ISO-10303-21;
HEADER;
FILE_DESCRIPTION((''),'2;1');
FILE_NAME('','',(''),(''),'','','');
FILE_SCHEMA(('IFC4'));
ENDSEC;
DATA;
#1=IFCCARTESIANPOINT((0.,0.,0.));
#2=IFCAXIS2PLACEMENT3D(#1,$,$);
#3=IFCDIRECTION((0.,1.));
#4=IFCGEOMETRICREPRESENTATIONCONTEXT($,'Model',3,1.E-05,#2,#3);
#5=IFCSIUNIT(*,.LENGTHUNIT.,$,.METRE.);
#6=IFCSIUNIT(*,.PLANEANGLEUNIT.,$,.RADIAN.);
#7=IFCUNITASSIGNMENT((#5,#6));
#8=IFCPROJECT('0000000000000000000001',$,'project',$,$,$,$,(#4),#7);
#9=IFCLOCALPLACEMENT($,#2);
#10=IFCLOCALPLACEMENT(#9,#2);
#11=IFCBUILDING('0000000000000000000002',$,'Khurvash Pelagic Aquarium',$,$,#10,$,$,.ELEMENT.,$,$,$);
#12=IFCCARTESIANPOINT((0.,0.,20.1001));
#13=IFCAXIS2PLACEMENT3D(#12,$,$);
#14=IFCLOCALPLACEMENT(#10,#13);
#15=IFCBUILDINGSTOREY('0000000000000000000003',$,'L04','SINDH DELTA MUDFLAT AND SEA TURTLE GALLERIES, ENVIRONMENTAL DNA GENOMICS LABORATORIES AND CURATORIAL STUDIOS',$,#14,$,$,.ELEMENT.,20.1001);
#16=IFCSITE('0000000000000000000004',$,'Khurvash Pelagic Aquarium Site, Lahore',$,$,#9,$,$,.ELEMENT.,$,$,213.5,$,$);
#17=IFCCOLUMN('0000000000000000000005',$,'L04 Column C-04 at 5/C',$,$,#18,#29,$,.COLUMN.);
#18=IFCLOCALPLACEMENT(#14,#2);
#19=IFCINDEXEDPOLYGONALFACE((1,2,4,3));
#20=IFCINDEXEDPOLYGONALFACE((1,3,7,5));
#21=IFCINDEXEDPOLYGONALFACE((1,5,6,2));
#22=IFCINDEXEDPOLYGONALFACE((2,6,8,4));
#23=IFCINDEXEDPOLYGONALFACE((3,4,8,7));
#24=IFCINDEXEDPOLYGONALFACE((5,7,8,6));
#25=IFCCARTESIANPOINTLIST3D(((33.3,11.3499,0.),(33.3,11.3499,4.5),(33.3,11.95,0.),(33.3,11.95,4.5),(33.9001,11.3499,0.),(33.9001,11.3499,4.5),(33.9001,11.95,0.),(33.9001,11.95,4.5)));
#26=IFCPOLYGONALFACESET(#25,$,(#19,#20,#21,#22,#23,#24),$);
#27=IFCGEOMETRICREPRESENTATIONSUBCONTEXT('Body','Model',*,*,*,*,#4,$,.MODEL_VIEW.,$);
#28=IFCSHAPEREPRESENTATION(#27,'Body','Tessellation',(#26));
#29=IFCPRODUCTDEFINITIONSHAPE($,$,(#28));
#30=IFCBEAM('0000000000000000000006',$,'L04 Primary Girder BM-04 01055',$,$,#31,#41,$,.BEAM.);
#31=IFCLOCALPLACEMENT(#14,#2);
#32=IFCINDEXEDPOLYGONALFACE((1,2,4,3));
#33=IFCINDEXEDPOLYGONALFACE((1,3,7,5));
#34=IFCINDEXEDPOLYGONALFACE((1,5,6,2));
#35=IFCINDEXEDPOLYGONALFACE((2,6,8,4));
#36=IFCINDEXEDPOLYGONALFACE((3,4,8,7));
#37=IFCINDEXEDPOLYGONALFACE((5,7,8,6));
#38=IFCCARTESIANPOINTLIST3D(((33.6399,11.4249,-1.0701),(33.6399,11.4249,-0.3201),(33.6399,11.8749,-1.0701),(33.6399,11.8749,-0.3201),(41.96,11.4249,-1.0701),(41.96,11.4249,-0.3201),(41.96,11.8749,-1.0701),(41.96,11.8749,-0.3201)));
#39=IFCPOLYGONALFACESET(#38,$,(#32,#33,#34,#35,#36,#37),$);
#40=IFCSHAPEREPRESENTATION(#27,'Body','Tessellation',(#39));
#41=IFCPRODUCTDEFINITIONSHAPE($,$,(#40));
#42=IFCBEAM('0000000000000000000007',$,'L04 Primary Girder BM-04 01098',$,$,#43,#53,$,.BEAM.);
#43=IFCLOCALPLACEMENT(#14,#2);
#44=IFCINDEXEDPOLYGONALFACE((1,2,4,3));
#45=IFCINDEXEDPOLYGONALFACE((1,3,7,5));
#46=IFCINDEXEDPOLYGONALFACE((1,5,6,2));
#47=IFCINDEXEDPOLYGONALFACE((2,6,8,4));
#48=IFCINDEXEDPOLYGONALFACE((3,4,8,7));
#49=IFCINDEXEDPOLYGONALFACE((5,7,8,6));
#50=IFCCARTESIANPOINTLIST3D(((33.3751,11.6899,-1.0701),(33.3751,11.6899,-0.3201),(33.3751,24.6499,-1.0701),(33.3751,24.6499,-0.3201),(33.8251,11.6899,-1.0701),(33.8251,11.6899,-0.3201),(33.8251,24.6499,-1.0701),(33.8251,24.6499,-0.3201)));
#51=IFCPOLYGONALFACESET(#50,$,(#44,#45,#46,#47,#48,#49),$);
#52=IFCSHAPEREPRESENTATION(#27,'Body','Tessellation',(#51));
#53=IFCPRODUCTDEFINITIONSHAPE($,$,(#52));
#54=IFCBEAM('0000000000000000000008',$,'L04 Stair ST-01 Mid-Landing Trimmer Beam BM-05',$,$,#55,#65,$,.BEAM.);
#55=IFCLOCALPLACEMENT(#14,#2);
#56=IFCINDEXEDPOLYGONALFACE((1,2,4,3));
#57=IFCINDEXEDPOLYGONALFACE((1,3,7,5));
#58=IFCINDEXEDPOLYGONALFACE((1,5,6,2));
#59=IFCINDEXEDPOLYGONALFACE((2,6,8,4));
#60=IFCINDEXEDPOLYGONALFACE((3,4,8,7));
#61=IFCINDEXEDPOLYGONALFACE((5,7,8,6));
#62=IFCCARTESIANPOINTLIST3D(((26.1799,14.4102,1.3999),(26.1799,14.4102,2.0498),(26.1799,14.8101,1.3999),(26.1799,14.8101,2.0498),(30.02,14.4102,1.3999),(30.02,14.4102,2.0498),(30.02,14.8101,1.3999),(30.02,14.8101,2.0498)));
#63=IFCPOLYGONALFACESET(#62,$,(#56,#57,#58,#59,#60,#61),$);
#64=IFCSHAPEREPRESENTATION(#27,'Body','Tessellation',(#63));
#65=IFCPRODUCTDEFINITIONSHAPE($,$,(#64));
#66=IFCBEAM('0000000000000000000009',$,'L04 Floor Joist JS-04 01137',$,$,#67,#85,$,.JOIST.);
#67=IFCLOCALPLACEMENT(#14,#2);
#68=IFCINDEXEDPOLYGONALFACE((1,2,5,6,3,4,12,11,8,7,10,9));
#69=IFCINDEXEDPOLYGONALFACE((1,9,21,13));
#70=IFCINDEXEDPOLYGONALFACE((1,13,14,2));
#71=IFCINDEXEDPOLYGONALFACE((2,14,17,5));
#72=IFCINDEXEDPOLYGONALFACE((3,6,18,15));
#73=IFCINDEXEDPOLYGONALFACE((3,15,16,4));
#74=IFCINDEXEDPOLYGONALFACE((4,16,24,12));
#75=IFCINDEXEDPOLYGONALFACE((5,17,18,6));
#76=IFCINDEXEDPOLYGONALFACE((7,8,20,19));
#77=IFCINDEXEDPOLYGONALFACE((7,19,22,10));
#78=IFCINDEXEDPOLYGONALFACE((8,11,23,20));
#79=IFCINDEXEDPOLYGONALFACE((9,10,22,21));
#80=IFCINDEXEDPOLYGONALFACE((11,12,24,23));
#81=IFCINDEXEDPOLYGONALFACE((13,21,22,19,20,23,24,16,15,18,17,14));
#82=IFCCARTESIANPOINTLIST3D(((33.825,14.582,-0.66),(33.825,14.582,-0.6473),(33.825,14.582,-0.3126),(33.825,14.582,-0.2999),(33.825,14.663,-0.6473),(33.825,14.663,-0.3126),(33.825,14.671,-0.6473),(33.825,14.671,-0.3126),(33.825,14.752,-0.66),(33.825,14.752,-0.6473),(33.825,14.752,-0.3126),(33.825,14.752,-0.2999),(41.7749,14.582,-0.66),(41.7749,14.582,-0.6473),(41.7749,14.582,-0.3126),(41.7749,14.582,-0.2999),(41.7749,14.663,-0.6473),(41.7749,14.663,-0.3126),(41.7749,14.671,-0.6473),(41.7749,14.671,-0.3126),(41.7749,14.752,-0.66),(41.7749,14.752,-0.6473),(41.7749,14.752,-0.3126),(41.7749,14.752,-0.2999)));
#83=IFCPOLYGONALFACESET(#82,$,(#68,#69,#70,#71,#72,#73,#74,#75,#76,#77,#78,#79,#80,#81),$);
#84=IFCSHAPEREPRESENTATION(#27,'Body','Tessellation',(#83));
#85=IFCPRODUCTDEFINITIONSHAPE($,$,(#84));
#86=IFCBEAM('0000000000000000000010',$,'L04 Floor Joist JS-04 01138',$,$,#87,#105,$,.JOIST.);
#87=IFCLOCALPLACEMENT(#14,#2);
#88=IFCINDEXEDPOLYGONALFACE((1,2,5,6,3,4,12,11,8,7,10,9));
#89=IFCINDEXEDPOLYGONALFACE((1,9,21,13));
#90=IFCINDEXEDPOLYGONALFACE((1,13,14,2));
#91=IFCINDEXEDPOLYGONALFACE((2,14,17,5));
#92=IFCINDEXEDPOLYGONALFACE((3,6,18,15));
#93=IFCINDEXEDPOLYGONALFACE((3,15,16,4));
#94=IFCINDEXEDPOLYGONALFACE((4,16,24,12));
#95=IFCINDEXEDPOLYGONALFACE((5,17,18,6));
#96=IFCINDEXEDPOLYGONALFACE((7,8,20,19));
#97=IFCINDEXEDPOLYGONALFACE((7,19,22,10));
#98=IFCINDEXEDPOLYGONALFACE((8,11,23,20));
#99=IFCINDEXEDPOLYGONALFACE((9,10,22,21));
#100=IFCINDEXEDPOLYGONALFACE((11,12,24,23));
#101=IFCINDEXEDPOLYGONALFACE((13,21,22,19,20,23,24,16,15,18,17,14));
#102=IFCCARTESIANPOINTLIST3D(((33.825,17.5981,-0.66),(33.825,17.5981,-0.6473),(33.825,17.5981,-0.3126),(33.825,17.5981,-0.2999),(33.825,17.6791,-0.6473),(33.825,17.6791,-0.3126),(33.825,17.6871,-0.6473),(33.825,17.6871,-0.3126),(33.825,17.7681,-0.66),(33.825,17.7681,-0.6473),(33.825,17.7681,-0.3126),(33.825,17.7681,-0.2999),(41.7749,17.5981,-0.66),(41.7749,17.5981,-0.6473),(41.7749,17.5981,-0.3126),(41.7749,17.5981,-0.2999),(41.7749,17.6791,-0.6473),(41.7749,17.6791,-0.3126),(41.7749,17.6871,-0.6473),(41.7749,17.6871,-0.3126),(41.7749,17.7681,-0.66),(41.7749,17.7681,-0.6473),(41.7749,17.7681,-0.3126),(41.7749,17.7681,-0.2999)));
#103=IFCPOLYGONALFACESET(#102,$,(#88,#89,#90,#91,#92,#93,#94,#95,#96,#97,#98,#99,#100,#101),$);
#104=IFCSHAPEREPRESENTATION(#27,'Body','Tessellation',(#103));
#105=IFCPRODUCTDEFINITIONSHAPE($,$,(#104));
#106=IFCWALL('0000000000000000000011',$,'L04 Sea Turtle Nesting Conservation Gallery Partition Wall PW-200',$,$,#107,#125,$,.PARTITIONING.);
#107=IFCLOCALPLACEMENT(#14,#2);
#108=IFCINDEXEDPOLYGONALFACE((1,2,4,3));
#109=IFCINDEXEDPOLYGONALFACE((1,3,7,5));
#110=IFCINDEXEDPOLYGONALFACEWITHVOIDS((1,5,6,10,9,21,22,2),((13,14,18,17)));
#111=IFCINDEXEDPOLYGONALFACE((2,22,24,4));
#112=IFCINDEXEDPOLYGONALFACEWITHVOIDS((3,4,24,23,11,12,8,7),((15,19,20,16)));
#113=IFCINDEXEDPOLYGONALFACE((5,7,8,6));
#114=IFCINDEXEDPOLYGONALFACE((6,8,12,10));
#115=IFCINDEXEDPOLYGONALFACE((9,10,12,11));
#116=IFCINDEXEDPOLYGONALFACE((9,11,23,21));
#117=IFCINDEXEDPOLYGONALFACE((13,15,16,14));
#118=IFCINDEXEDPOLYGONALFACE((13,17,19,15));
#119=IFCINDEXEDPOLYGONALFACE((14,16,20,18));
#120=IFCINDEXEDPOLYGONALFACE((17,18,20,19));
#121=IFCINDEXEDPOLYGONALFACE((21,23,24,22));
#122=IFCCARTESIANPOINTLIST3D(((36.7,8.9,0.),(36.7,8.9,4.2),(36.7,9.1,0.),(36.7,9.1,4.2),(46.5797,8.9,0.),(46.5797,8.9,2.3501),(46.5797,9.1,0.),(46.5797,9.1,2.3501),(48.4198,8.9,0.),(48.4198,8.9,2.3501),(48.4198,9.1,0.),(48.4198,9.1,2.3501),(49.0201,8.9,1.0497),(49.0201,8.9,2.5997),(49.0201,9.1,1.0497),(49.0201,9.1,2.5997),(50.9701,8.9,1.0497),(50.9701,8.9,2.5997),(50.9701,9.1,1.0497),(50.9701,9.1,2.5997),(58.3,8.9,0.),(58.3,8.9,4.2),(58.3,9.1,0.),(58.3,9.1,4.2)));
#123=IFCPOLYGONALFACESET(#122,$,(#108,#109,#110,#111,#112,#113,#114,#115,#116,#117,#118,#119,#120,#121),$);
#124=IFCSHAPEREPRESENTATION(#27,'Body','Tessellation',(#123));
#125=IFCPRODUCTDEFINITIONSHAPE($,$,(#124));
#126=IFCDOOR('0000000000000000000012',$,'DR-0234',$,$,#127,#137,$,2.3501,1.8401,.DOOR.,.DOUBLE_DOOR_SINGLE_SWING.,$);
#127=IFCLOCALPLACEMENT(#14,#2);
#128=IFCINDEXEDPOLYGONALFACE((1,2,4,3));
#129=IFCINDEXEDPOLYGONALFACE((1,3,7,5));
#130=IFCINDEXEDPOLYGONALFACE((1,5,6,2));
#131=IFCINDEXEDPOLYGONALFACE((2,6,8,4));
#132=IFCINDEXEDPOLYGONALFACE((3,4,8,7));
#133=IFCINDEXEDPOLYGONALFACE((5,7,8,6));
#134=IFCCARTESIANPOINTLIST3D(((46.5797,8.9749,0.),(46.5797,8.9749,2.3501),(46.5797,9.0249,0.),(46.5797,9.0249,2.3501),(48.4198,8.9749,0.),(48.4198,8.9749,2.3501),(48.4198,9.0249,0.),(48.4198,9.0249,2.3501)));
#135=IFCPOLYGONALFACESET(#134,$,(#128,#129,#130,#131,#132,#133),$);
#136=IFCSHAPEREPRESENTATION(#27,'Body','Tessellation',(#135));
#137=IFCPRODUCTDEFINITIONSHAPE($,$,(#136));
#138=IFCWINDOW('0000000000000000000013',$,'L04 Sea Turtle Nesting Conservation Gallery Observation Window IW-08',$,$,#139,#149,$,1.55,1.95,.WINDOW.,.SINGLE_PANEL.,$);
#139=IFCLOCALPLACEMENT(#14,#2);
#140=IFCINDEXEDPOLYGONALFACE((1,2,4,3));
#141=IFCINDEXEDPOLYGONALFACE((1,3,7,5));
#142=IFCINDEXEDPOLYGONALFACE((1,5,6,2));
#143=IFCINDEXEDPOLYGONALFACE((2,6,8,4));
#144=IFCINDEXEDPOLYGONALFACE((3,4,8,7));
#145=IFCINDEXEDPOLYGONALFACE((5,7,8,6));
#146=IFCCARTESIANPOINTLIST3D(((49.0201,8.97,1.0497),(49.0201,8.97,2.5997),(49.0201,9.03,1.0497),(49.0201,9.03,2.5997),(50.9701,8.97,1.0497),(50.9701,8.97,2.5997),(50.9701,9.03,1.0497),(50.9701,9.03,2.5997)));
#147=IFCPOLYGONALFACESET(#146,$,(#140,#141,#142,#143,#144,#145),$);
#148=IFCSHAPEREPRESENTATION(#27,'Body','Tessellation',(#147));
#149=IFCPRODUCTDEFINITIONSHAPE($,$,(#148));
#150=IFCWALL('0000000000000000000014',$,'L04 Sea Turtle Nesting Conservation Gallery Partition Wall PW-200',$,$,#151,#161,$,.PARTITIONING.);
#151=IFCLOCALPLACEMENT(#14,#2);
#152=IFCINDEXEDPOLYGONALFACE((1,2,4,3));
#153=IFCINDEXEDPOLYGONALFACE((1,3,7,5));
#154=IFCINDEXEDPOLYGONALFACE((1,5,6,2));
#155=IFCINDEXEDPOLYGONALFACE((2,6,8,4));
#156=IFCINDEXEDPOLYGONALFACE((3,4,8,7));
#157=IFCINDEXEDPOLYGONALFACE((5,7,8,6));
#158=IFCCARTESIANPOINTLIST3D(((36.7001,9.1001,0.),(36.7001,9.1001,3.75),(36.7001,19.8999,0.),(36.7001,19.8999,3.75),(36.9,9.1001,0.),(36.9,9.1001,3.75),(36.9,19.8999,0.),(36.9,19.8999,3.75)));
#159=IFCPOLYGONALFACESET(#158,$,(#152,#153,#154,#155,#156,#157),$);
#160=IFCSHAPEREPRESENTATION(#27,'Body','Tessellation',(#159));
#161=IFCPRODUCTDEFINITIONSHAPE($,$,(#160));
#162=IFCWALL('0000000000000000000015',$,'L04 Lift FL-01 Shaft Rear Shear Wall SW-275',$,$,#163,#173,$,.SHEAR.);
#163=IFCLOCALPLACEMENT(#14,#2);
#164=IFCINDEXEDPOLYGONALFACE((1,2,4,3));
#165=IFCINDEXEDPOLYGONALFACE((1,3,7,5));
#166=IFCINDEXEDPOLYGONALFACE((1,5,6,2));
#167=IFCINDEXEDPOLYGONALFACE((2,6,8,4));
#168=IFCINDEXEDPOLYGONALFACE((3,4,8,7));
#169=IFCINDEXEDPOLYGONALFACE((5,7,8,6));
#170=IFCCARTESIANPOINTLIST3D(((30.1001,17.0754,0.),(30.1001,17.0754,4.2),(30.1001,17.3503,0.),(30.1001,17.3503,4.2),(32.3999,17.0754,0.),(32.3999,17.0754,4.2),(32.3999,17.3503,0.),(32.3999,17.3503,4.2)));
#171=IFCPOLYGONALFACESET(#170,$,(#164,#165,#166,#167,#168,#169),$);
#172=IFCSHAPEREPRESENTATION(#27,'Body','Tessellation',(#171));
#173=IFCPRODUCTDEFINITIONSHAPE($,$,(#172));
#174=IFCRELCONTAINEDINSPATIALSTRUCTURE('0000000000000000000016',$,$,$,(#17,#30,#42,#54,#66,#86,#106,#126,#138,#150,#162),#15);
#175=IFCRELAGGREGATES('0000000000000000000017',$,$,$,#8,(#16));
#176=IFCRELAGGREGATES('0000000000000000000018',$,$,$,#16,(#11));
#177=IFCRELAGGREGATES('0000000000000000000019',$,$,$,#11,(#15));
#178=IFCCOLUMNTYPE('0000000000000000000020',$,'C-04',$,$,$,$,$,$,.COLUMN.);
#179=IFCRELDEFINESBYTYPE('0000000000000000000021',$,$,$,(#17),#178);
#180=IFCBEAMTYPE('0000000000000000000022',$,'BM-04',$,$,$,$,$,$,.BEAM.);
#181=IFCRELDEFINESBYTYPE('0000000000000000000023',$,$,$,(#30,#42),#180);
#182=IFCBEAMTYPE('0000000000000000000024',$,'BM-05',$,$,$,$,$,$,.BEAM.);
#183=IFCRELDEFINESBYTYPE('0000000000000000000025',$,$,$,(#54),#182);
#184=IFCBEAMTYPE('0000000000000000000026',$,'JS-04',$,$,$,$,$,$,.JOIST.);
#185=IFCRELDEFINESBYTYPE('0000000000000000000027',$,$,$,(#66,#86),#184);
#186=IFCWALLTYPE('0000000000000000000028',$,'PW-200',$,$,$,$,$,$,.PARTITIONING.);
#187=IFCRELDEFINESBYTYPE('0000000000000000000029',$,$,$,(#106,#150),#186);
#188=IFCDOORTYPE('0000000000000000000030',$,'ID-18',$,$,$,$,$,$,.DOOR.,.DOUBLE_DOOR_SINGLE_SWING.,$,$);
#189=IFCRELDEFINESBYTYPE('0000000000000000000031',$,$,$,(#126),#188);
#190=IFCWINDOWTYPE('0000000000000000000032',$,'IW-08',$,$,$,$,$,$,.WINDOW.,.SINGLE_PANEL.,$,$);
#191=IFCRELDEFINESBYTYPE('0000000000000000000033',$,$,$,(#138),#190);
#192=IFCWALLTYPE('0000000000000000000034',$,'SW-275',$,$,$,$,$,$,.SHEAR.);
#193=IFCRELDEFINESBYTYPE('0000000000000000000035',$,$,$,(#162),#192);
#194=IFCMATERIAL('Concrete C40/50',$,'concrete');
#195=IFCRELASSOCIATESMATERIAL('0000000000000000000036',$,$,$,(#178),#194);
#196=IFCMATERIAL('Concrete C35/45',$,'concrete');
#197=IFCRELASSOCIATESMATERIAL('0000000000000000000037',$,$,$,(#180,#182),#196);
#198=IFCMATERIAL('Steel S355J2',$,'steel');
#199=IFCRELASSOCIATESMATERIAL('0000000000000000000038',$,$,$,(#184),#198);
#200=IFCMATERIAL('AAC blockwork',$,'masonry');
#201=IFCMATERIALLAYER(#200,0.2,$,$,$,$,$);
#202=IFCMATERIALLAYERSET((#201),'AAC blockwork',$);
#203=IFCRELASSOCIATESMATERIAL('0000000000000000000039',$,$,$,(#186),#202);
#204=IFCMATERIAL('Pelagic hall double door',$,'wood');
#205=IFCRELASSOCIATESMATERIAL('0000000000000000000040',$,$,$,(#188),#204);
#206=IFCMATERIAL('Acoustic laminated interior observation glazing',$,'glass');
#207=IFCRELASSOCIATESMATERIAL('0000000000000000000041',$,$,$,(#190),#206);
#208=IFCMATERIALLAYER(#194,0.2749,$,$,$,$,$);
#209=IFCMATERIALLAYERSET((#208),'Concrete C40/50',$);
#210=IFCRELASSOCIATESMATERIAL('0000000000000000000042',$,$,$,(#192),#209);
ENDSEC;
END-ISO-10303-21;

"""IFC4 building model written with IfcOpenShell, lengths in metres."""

from ifc_helpers import new_model, si_unit, direction, frame, frame_2d, origin, origin_2d, place, context, subcontext, project, spatial, rectangle, i_section, extrude, material, layer, layer_set, material_profile, profile_set, type_object, element, fill, save


model = new_model("IFC4")

# Units and contexts
model_context = context("Model", 3, precision=1e-05, world=origin(), true_north=direction((0.0, 1.0)))
body_context = subcontext(model_context, "Body", "Model", "MODEL_VIEW")
ifc_project = project(units=[si_unit("LENGTHUNIT", "METRE"), si_unit("PLANEANGLEUNIT", "RADIAN")], contexts=[model_context])

# Site, building, storey
site_placement = place(None, origin())
site = spatial("IfcSite", under=ifc_project, at=site_placement, Name="Khurvash Pelagic Aquarium Site, Lahore", CompositionType="ELEMENT", RefElevation=213.5)
building_placement = place(site_placement, origin())
building = spatial("IfcBuilding", under=site, at=building_placement, Name="Khurvash Pelagic Aquarium", CompositionType="ELEMENT")
storey_placement = place(building_placement, frame((0.0, 0.0, 20.1001)))
storey = spatial("IfcBuildingStorey", under=building, at=storey_placement, Name="L04", Description="SINDH DELTA MUDFLAT AND SEA TURTLE GALLERIES, ENVIRONMENTAL DNA GENOMICS LABORATORIES AND CURATORIAL STUDIOS", CompositionType="ELEMENT", Elevation=20.1001)

# Column
ifc_material_1 = material(Name="Concrete C40/50", Category="concrete")
ifc_material_profile_1 = material_profile(ifc_material_1, rectangle(XDim=0.6001, YDim=0.6001, at=origin_2d()), Name="RC600X600")
ifc_profile_set_1 = profile_set([ifc_material_profile_1], Name="Concrete C40/50")
column_type = type_object("IfcColumnType", Name="C-04", PredefinedType="COLUMN", material=ifc_profile_set_1)
column_placement = place(storey_placement, frame((33.6001, 11.6499, 0.0), z_axis=(0.0, 0.0, 1.0), x_axis=(1.0, 0.0, 0.0)))
element("IfcColumn", 1, at=column_placement, inside=storey, type_object=column_type, Name="L04 Column C-04 at 5/C", PredefinedType="COLUMN", context=body_context, shape_type="SweptSolid", body=[
    extrude(rectangle(XDim=0.6001, YDim=0.6001, at=origin_2d()), origin(), (0.0, 0.0, 1.0), 4.5),
])

# Beams
ifc_material_2 = material(Name="Concrete C35/45", Category="concrete")
ifc_material_profile_2 = material_profile(ifc_material_2, rectangle(XDim=0.45, YDim=0.75, at=origin_2d()), Name="RC450X750")
ifc_profile_set_2 = profile_set([ifc_material_profile_2], Name="Concrete C35/45")
beam_type_1 = type_object("IfcBeamType", Name="BM-04", PredefinedType="BEAM", material=ifc_profile_set_2)
beam_1_placement = place(storey_placement, frame((33.6399, 11.6499, -0.6951), z_axis=(1.0, 0.0, 0.0), x_axis=(0.0, 1.0, 0.0)))
element("IfcBeam", 2, at=beam_1_placement, inside=storey, type_object=beam_type_1, Name="L04 Primary Girder BM-04 01055", PredefinedType="BEAM", context=body_context, shape_type="SweptSolid", body=[
    extrude(rectangle(XDim=0.45, YDim=0.75, at=origin_2d()), origin(), (0.0, 0.0, 1.0), 8.3201),
])
beam_2_placement = place(storey_placement, frame((33.6001, 11.6899, -0.6951), z_axis=(0.0, 1.0, 0.0), x_axis=(-1.0, 0.0, 0.0)))
element("IfcBeam", 3, at=beam_2_placement, inside=storey, type_object=beam_type_1, Name="L04 Primary Girder BM-04 01098", PredefinedType="BEAM", context=body_context, shape_type="SweptSolid", body=[
    extrude(rectangle(XDim=0.45, YDim=0.75, at=origin_2d()), origin(), (0.0, 0.0, 1.0), 12.96),
])
ifc_material_profile_3 = material_profile(ifc_material_2, rectangle(XDim=0.3999, YDim=0.6499, at=origin_2d()), Name="RC400X650")
ifc_profile_set_3 = profile_set([ifc_material_profile_3], Name="Concrete C35/45")
beam_type_2 = type_object("IfcBeamType", Name="BM-05", PredefinedType="BEAM", material=ifc_profile_set_3)
beam_3_placement = place(storey_placement, frame((26.1799, 14.6101, 1.7249), z_axis=(1.0, 0.0, 0.0), x_axis=(0.0, 1.0, 0.0)))
element("IfcBeam", 4, at=beam_3_placement, inside=storey, type_object=beam_type_2, Name="L04 Stair ST-01 Mid-Landing Trimmer Beam BM-05", PredefinedType="BEAM", context=body_context, shape_type="SweptSolid", body=[
    extrude(rectangle(XDim=0.3999, YDim=0.6499, at=origin_2d()), origin(), (0.0, 0.0, 1.0), 3.8401),
])
ifc_material_3 = material(Name="Steel S355J2", Category="steel")
ifc_material_profile_4 = material_profile(ifc_material_3, i_section(OverallWidth=0.1699, OverallDepth=0.3601, WebThickness=0.0081, FlangeThickness=0.0127, at=origin_2d()), Name="IPE360")
ifc_profile_set_4 = profile_set([ifc_material_profile_4], Name="Steel S355J2")
beam_type_3 = type_object("IfcBeamType", Name="JS-04", PredefinedType="JOIST", material=ifc_profile_set_4)
for number, where, z_axis, x_axis, name in (
    (5, (33.825, 14.667, -0.48), (1.0, 0.0, 0.0), (0.0, 1.0, 0.0), "L04 Floor Joist JS-04 01137"),
    (6, (33.825, 17.6831, -0.48), (1.0, 0.0, 0.0), (0.0, 1.0, 0.0), "L04 Floor Joist JS-04 01138"),
):
    element("IfcBeam", number, at=place(storey_placement, frame(where, z_axis=z_axis, x_axis=x_axis)), inside=storey, type_object=beam_type_3, Name=name, PredefinedType="JOIST", context=body_context, shape_type="SweptSolid", body=[
        extrude(i_section(OverallWidth=0.1699, OverallDepth=0.3601, WebThickness=0.0081, FlangeThickness=0.0127, at=origin_2d()), origin(), (0.0, 0.0, 1.0), 7.95),
    ])

# Wall, openings, door, window
ifc_material_4 = material(Name="AAC blockwork", Category="masonry")
ifc_layer_1 = layer(ifc_material_4, 0.2)
ifc_layer_set_1 = layer_set([ifc_layer_1], Name="AAC blockwork")
wall_type_1 = type_object("IfcWallType", Name="PW-200", PredefinedType="PARTITIONING", material=ifc_layer_set_1)
wall_1_placement = place(storey_placement, frame((36.7, 9.0, 0.0), z_axis=(0.0, 0.0, 1.0), x_axis=(1.0, 0.0, 0.0)))
wall_1 = element("IfcWall", 7, at=wall_1_placement, inside=storey, type_object=wall_type_1, Name="L04 Sea Turtle Nesting Conservation Gallery Partition Wall PW-200", PredefinedType="PARTITIONING", context=body_context, shape_type="SweptSolid", body=[
    extrude(rectangle(XDim=21.6001, YDim=0.2, at=frame_2d((10.8, 0.0))), origin(), (0.0, 0.0, 1.0), 4.2),
])
opening_1_placement = place(wall_1_placement, frame((9.8799, 0.0, 0.0)))
opening_1 = element("IfcOpeningElement", 8, at=opening_1_placement, cuts=wall_1, PredefinedType="OPENING", context=body_context, shape_type="SweptSolid", body=[
    extrude(rectangle(XDim=1.8401, YDim=2.3501, at=frame_2d((0.9199, 1.175))), frame((0.0, 0.1099, 0.0), z_axis=(0.0, -1.0, 0.0), x_axis=(1.0, 0.0, 0.0)), (0.0, 0.0, 1.0), 0.22),
])
opening_2_placement = place(wall_1_placement, frame((12.3201, 0.0, 1.0498)))
opening_2 = element("IfcOpeningElement", 9, at=opening_2_placement, cuts=wall_1, PredefinedType="OPENING", context=body_context, shape_type="SweptSolid", body=[
    extrude(rectangle(XDim=1.95, YDim=1.55, at=frame_2d((0.9751, 0.7749))), frame((0.0, 0.1099, 0.0), z_axis=(0.0, -1.0, 0.0), x_axis=(1.0, 0.0, 0.0)), (0.0, 0.0, 1.0), 0.22),
])
ifc_material_5 = material(Name="Pelagic hall double door", Category="wood")
door_type = type_object("IfcDoorType", Name="ID-18", OperationType="DOUBLE_DOOR_SINGLE_SWING", PredefinedType="DOOR", material=ifc_material_5)
door_placement = place(opening_1_placement, origin())
door = element("IfcDoor", 10, at=door_placement, inside=storey, type_object=door_type, Name="DR-0234", OperationType="DOUBLE_DOOR_SINGLE_SWING", OverallHeight=2.3501, OverallWidth=1.8401, PredefinedType="DOOR", context=body_context, shape_type="SweptSolid", body=[
    extrude(rectangle(XDim=1.8401, YDim=2.3501, at=frame_2d((0.9199, 1.175))), frame((0.0, 0.0249, 0.0), z_axis=(0.0, -1.0, 0.0), x_axis=(1.0, 0.0, 0.0)), (0.0, 0.0, 1.0), 0.05),
])
fill(opening_1, door)
ifc_material_6 = material(Name="Acoustic laminated interior observation glazing", Category="glass")
window_type = type_object("IfcWindowType", Name="IW-08", PartitioningType="SINGLE_PANEL", PredefinedType="WINDOW", material=ifc_material_6)
window_placement = place(opening_2_placement, origin())
window = element("IfcWindow", 11, at=window_placement, inside=storey, type_object=window_type, Name="L04 Sea Turtle Nesting Conservation Gallery Observation Window IW-08", OverallHeight=1.55, OverallWidth=1.95, PartitioningType="SINGLE_PANEL", PredefinedType="WINDOW", context=body_context, shape_type="SweptSolid", body=[
    extrude(rectangle(XDim=1.95, YDim=1.55, at=frame_2d((0.9751, 0.7749))), frame((0.0, 0.03, 0.0), z_axis=(0.0, -1.0, 0.0), x_axis=(1.0, 0.0, 0.0)), (0.0, 0.0, 1.0), 0.0601),
])
fill(opening_2, window)

# Walls
wall_2_placement = place(storey_placement, frame((36.8, 9.1001, 0.0), z_axis=(0.0, 0.0, 1.0), x_axis=(0.0, 1.0, 0.0)))
element("IfcWall", 12, at=wall_2_placement, inside=storey, type_object=wall_type_1, Name="L04 Sea Turtle Nesting Conservation Gallery Partition Wall PW-200", PredefinedType="PARTITIONING", context=body_context, shape_type="SweptSolid", body=[
    extrude(rectangle(XDim=10.7998, YDim=0.2, at=frame_2d((5.3999, 0.0))), origin(), (0.0, 0.0, 1.0), 3.75),
])
ifc_layer_2 = layer(ifc_material_1, 0.2749)
ifc_layer_set_2 = layer_set([ifc_layer_2], Name="Concrete C40/50")
wall_type_2 = type_object("IfcWallType", Name="SW-275", PredefinedType="SHEAR", material=ifc_layer_set_2)
wall_3_placement = place(storey_placement, frame((30.1001, 17.2129, 0.0), z_axis=(0.0, 0.0, 1.0), x_axis=(1.0, 0.0, 0.0)))
element("IfcWall", 13, at=wall_3_placement, inside=storey, type_object=wall_type_2, Name="L04 Lift FL-01 Shaft Rear Shear Wall SW-275", PredefinedType="SHEAR", context=body_context, shape_type="SweptSolid", body=[
    extrude(rectangle(XDim=2.2998, YDim=0.2749, at=frame_2d((1.1499, 0.0))), origin(), (0.0, 0.0, 1.0), 4.2),
])

save(model, "model.ifc")
